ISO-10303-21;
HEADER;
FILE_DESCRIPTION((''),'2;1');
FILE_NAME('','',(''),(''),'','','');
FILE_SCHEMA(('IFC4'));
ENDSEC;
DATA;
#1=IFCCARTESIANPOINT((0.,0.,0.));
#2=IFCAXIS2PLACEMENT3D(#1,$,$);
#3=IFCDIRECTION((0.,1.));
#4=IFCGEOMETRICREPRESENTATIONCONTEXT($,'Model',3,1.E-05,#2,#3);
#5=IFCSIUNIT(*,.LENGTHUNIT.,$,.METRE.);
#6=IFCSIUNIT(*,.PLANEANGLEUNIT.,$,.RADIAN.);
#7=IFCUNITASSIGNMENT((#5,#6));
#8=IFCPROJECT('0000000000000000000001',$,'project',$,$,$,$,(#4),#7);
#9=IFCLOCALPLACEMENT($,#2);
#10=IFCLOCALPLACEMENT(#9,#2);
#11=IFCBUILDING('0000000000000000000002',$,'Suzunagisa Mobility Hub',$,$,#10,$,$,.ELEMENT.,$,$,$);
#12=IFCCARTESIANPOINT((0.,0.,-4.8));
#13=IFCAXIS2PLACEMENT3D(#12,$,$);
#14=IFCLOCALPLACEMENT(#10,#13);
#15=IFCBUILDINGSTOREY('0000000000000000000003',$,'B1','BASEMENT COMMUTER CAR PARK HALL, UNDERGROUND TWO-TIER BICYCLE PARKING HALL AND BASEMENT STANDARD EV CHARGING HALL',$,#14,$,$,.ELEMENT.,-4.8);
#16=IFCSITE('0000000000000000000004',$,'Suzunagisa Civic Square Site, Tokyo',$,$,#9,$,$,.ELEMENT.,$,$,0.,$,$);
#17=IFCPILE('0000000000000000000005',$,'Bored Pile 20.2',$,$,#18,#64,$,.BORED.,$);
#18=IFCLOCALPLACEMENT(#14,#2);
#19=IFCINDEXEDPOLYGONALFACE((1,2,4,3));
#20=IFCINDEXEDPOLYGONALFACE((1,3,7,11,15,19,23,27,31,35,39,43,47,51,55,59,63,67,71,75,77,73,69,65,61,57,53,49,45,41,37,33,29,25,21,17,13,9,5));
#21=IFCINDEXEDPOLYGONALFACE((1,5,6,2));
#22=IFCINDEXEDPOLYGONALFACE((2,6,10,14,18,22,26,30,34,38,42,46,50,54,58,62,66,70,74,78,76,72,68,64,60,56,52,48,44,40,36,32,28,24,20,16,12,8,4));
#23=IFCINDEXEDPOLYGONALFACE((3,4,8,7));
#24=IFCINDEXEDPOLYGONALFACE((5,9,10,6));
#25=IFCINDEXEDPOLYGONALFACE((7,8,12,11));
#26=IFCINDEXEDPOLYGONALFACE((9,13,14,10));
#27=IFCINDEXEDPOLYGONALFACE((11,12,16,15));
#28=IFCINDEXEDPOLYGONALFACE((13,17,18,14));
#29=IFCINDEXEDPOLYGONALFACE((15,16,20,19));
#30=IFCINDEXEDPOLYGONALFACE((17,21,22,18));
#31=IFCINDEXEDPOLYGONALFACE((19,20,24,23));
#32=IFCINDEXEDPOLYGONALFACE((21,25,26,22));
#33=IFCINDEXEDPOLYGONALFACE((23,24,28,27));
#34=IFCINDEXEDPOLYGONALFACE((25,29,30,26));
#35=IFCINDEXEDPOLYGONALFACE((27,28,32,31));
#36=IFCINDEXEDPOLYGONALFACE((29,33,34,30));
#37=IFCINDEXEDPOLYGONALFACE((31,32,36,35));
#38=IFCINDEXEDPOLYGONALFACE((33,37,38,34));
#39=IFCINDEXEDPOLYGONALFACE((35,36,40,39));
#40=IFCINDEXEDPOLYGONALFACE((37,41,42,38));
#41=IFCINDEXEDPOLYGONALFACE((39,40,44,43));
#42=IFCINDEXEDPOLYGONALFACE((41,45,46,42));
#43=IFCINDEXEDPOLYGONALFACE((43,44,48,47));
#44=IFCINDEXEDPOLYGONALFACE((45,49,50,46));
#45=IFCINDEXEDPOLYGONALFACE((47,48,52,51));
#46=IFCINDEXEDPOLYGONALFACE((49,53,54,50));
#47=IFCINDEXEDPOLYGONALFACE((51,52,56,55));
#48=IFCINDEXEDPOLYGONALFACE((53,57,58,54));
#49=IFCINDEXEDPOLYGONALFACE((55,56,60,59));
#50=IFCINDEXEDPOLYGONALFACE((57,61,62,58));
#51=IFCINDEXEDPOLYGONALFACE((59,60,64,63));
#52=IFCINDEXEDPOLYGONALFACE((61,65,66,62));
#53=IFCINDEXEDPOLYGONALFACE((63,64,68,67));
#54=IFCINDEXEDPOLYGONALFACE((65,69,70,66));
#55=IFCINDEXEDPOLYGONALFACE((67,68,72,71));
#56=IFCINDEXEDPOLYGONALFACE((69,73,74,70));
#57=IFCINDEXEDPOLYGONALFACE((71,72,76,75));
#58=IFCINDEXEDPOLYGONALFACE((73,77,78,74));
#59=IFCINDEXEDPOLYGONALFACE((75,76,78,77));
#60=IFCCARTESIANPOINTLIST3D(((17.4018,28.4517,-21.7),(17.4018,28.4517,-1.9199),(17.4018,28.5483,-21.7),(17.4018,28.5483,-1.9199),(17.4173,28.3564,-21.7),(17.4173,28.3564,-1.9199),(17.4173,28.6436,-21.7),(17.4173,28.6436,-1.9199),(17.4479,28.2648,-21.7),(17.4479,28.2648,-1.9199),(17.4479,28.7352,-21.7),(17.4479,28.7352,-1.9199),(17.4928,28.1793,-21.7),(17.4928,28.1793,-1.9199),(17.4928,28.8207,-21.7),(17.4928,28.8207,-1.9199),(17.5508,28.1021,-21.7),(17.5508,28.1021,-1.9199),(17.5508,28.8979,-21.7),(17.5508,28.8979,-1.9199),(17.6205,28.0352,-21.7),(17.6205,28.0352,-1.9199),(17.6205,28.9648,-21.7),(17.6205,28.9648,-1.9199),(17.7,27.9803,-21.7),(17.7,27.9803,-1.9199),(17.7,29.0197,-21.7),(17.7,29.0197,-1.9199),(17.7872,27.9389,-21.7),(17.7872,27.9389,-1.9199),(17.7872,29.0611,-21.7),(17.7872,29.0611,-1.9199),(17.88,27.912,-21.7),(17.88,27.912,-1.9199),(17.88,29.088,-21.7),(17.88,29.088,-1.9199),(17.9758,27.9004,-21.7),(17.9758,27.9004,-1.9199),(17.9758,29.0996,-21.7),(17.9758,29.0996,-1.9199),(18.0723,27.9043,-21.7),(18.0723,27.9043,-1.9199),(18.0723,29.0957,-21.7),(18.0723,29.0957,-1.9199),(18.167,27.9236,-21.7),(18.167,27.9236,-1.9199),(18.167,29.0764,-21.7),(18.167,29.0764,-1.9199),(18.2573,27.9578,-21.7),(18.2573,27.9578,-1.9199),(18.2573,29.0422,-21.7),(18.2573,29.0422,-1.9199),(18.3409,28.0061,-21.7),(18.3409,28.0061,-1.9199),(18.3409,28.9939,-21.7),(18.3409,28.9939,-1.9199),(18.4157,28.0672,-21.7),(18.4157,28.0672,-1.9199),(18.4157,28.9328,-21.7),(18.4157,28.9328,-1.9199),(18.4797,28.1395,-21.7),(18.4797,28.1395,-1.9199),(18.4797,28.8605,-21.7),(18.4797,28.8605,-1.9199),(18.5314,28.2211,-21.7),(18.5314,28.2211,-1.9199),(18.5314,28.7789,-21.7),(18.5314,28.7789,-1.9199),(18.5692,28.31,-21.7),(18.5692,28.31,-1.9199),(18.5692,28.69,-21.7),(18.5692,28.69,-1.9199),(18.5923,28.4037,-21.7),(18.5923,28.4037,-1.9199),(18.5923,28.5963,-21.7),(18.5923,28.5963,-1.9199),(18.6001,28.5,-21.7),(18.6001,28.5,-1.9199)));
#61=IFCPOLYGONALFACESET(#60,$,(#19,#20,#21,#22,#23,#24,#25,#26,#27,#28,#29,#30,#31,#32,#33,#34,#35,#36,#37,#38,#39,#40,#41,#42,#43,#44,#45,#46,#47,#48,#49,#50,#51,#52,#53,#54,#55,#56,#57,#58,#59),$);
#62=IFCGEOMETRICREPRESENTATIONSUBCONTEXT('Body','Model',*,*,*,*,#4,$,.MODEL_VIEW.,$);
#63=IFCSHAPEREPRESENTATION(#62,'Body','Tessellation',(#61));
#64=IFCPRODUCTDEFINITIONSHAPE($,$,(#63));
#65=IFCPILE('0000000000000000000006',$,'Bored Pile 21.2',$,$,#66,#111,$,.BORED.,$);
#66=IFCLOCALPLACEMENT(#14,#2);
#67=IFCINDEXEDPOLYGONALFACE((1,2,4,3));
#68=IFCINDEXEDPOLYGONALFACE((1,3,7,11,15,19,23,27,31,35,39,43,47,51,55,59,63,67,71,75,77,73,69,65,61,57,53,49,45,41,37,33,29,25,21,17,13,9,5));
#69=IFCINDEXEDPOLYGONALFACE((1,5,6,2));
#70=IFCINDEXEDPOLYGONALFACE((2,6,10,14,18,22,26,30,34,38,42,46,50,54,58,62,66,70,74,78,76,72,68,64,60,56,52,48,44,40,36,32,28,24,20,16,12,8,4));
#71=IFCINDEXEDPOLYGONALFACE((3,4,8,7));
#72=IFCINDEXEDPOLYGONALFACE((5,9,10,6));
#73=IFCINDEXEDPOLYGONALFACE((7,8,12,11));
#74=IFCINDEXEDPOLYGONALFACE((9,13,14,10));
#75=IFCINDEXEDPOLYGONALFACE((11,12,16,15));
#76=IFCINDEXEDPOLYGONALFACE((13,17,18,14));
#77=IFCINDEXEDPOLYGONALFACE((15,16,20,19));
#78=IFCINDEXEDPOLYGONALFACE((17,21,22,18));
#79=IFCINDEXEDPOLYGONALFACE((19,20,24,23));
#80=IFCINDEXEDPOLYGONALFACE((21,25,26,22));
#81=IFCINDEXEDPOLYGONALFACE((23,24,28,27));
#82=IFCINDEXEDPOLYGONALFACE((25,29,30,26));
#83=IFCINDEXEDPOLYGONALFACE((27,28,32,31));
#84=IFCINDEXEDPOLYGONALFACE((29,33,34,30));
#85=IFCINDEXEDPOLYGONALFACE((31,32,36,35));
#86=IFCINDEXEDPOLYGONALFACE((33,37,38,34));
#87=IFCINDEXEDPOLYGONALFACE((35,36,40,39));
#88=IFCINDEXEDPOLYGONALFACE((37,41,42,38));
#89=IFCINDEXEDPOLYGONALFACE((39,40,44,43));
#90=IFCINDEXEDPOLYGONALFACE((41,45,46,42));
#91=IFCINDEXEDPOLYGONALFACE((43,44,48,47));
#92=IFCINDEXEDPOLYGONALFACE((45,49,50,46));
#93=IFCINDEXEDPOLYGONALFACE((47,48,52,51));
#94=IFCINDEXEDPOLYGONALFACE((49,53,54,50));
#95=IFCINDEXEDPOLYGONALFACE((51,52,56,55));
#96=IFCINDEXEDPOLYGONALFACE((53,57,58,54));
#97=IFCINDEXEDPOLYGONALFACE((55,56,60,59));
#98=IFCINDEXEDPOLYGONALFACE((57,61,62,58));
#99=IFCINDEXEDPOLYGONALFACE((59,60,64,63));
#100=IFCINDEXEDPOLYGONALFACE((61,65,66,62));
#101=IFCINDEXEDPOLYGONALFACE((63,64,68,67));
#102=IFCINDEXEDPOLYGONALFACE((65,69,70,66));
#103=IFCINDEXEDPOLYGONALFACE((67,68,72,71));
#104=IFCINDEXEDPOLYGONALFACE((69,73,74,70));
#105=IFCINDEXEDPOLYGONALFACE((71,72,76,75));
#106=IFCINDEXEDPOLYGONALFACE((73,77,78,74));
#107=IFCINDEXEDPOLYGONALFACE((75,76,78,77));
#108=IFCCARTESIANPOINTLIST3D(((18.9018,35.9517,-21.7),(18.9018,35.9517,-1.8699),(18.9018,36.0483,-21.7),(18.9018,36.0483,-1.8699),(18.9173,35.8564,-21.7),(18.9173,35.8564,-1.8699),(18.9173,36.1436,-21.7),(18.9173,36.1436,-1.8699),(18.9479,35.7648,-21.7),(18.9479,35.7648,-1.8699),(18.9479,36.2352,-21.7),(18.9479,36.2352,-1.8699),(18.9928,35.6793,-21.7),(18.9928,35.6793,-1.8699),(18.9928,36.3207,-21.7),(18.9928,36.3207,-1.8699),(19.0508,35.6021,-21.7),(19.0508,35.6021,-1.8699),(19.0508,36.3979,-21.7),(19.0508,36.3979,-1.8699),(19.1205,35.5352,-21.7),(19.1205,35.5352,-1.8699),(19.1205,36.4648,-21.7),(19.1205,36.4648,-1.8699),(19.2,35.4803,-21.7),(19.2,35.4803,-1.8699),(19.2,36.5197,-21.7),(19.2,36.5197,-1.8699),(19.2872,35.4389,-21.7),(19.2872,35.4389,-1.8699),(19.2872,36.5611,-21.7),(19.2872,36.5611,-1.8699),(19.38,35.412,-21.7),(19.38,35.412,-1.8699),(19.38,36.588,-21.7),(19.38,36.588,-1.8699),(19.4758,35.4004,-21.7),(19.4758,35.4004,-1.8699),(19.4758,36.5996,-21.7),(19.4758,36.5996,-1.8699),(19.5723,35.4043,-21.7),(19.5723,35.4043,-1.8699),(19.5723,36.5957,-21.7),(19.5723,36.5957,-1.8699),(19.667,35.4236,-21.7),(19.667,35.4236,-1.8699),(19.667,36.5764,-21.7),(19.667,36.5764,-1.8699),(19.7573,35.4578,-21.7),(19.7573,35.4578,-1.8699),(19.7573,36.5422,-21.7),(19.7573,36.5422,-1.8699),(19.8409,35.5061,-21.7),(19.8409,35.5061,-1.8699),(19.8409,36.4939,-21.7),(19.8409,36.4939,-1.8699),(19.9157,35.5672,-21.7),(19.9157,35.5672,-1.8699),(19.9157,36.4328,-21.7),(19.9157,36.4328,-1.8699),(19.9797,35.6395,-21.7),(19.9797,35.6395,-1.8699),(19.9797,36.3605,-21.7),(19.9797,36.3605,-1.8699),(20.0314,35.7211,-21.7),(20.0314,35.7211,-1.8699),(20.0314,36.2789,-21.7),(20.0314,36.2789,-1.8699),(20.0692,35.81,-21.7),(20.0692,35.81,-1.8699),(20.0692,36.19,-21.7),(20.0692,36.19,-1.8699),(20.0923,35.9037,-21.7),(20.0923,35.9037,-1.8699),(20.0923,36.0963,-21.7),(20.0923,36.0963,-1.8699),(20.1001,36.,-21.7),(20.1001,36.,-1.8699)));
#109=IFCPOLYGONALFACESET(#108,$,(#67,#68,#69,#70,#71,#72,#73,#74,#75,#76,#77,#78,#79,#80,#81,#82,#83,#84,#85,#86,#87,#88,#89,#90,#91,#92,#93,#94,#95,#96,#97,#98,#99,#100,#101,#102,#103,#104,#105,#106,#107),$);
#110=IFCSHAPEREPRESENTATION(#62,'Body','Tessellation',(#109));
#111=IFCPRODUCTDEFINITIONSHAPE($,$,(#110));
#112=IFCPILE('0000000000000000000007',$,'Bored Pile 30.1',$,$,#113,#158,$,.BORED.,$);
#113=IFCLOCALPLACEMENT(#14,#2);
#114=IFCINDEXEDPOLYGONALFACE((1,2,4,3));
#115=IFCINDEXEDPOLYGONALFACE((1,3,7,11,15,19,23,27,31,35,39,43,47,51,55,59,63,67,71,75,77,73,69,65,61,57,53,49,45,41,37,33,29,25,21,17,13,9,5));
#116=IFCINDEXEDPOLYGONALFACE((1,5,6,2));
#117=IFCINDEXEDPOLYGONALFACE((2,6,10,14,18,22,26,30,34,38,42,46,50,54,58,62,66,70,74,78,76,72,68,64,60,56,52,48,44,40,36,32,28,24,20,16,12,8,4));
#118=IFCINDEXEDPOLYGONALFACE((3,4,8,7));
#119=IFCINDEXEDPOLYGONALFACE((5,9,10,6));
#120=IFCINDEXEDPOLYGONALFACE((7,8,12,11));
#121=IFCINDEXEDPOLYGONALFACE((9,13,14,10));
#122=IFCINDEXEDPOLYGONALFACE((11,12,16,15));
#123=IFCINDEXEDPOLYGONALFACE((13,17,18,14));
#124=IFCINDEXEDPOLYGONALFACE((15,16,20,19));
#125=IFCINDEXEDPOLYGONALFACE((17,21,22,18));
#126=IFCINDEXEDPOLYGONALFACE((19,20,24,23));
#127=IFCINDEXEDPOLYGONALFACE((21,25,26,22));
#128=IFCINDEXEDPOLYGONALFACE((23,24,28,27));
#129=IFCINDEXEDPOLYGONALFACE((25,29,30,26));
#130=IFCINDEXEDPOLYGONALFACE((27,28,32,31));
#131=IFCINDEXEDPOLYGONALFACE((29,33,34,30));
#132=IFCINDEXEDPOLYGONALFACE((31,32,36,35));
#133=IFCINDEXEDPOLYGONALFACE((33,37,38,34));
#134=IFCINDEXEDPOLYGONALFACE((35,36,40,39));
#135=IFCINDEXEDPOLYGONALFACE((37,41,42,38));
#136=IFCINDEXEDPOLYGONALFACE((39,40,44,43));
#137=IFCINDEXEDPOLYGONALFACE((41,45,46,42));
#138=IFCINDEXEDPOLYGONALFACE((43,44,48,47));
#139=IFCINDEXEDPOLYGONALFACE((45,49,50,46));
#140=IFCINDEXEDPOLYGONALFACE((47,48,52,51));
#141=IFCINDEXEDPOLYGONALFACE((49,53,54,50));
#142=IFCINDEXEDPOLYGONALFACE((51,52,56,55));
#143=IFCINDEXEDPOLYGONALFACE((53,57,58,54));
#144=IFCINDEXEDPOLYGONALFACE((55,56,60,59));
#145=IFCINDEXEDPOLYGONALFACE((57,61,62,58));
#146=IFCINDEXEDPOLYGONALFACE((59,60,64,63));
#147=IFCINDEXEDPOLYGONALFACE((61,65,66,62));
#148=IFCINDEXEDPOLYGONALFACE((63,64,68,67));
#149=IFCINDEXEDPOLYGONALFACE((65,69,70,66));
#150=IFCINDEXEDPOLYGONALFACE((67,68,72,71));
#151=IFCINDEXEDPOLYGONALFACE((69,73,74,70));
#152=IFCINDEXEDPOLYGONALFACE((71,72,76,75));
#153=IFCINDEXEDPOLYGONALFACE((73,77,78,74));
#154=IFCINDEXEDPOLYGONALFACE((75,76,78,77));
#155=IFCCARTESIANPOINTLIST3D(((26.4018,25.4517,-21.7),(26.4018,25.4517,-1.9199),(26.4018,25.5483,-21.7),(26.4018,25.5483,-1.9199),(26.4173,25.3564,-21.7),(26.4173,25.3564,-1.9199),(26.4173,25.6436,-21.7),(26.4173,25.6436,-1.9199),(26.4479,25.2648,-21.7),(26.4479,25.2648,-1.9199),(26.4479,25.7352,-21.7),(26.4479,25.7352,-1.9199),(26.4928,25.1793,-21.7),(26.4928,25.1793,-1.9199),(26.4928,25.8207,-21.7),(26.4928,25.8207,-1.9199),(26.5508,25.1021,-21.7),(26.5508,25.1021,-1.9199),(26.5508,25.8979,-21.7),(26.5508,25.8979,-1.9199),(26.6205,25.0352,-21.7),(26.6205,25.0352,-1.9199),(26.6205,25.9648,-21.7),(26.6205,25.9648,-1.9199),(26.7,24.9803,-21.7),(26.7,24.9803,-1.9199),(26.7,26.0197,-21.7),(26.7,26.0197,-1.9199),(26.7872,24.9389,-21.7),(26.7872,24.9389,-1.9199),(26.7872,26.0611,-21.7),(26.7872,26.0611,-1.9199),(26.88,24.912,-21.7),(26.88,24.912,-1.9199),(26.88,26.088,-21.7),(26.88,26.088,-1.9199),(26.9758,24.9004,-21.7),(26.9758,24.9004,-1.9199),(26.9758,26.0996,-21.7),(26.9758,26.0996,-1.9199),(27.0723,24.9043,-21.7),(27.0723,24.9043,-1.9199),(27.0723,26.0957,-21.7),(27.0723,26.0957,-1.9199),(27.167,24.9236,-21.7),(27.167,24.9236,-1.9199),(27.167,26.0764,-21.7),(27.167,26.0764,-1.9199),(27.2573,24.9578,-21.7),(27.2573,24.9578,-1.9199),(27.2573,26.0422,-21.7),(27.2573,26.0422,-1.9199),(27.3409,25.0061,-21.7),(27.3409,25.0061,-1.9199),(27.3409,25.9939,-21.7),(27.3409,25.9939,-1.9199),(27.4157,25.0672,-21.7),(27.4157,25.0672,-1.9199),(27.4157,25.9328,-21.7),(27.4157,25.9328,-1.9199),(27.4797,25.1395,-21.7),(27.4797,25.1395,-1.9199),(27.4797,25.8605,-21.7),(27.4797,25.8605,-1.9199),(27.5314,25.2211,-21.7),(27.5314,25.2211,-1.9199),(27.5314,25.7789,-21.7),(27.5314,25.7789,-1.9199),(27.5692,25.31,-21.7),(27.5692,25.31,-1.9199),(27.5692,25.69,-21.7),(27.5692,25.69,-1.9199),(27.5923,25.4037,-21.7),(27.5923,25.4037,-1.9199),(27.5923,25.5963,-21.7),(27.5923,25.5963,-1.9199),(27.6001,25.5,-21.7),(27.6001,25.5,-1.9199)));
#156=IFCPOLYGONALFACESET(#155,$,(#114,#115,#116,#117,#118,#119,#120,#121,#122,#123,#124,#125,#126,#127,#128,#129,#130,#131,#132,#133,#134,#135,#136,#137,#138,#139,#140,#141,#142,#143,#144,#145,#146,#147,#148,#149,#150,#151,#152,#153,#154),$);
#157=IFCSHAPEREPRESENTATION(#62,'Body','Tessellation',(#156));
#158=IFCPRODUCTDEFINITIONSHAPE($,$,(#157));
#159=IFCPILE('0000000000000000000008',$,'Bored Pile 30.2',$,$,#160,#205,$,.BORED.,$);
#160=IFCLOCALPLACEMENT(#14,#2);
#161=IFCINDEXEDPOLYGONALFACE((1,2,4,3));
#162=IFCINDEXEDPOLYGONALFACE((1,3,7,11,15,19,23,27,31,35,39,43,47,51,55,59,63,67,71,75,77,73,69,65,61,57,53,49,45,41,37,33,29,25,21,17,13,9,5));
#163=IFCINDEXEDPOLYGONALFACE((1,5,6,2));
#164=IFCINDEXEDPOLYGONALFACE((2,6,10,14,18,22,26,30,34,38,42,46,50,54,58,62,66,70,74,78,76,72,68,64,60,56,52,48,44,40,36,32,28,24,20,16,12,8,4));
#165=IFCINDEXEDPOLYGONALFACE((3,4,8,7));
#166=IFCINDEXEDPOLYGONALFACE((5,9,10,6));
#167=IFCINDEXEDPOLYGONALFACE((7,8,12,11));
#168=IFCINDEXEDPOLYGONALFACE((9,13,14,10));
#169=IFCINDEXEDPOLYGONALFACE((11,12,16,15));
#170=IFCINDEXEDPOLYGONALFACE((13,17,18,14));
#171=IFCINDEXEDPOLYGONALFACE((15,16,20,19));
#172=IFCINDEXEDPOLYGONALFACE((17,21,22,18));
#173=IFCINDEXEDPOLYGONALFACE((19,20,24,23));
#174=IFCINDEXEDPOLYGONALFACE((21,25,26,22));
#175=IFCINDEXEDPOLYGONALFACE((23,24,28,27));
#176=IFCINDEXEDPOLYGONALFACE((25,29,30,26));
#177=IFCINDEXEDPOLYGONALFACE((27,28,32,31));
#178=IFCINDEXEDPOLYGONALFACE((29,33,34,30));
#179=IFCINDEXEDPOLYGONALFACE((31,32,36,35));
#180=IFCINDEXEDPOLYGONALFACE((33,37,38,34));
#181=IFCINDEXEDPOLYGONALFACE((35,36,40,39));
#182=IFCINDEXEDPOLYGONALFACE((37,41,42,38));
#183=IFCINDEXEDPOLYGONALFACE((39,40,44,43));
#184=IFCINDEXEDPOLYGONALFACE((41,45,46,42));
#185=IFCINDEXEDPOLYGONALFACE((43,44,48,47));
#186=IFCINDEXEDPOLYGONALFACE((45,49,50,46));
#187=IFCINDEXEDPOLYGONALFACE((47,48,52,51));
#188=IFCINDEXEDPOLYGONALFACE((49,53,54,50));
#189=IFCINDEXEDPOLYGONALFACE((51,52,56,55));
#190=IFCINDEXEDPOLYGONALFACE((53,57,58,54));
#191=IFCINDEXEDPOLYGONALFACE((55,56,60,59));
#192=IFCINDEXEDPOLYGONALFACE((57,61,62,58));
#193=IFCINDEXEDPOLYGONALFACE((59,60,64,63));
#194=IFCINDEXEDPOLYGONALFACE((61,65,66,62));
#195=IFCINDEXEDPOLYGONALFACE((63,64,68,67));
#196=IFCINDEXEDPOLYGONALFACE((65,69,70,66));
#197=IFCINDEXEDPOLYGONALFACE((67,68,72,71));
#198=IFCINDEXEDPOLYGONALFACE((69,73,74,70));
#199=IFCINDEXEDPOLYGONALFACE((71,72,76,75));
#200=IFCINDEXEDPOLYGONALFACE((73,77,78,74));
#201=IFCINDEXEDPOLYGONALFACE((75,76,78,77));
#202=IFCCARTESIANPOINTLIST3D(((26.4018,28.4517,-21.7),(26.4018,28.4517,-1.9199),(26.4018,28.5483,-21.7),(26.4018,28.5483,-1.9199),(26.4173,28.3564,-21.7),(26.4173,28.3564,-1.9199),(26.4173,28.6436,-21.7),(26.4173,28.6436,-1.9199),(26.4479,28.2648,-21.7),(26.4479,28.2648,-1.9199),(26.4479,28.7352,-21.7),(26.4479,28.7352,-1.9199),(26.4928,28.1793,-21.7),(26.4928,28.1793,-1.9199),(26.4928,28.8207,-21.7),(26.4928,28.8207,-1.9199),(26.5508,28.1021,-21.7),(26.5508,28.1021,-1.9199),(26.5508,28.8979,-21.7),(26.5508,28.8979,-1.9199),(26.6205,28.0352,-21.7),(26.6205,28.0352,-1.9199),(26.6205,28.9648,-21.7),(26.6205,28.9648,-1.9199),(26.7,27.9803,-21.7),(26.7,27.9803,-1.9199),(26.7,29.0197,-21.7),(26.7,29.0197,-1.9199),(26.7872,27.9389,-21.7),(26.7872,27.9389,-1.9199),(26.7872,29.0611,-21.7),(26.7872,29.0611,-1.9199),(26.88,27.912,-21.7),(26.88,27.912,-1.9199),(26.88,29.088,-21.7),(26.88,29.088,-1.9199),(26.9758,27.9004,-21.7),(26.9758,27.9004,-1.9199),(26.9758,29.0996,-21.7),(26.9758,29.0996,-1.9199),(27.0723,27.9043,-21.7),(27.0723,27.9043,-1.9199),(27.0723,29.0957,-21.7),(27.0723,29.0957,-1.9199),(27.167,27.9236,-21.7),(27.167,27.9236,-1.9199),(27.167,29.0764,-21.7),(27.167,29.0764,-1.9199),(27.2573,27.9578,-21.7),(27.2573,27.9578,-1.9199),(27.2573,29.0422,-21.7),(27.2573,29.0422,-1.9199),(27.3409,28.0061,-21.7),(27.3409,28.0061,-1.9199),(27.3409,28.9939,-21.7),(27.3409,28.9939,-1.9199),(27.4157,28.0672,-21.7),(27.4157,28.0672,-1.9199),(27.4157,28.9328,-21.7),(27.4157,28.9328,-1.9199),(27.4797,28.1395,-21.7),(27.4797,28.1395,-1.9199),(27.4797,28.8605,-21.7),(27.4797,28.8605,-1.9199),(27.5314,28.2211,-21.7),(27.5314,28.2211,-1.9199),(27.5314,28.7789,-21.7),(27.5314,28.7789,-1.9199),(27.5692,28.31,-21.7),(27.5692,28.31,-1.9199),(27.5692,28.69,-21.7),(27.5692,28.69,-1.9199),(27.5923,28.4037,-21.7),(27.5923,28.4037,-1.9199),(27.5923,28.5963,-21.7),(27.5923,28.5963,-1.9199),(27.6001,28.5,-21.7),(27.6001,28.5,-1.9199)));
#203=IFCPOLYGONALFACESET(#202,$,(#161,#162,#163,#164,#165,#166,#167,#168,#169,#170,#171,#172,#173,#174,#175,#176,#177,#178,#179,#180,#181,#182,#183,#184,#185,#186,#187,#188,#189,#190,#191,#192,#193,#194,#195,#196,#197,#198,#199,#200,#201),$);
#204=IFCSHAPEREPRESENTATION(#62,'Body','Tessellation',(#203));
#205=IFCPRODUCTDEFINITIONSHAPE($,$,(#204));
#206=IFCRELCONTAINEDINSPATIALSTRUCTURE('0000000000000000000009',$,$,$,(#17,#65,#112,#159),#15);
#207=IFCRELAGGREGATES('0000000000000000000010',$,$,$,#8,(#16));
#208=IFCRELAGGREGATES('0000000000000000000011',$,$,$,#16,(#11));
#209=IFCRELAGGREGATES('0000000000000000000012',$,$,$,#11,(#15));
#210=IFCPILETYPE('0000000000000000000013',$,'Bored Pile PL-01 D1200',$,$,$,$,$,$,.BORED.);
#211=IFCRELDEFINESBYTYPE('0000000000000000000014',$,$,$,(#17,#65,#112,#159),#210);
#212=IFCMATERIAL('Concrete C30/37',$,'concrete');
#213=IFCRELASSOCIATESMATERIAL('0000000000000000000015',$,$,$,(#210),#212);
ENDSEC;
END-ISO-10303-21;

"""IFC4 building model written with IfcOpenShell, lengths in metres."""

from ifc_helpers import new_model, si_unit, direction, frame, origin, origin_2d, place, context, subcontext, project, spatial, circle, extrude, material, material_profile, profile_set, type_object, element, save


model = new_model("IFC4")

# Units and contexts
model_context = context("Model", 3, precision=1e-05, world=origin(), true_north=direction((0.0, 1.0)))
body_context = subcontext(model_context, "Body", "Model", "MODEL_VIEW")
ifc_project = project(units=[si_unit("LENGTHUNIT", "METRE"), si_unit("PLANEANGLEUNIT", "RADIAN")], contexts=[model_context])

# Site, building, storey
site_placement = place(None, origin())
site = spatial("IfcSite", under=ifc_project, at=site_placement, Name="Suzunagisa Civic Square Site, Tokyo", CompositionType="ELEMENT", RefElevation=0.0)
building_placement = place(site_placement, origin())
building = spatial("IfcBuilding", under=site, at=building_placement, Name="Suzunagisa Mobility Hub", CompositionType="ELEMENT")
storey_placement = place(building_placement, frame((0.0, 0.0, -4.8)))
storey = spatial("IfcBuildingStorey", under=building, at=storey_placement, Name="B1", Description="BASEMENT COMMUTER CAR PARK HALL, UNDERGROUND TWO-TIER BICYCLE PARKING HALL AND BASEMENT STANDARD EV CHARGING HALL", CompositionType="ELEMENT", Elevation=-4.8)

# Piles
ifc_material_1 = material(Name="Concrete C30/37", Category="concrete")
ifc_material_profile_1 = material_profile(ifc_material_1, circle(Radius=0.6001, at=origin_2d()), Name="BORED PILE D1200")
ifc_profile_set_1 = profile_set([ifc_material_profile_1], Name="Concrete C30/37")
pile_type = type_object("IfcPileType", Name="Bored Pile PL-01 D1200", PredefinedType="BORED", material=ifc_profile_set_1)
pile_1_placement = place(storey_placement, frame((18.0, 28.5, -1.9199), z_axis=(0.0, 0.0, -1.0), x_axis=(1.0, 0.0, 0.0)))
element("IfcPile", 1, at=pile_1_placement, inside=storey, type_object=pile_type, Name="Bored Pile 20.2", PredefinedType="BORED", context=body_context, shape_type="SweptSolid", body=[
    extrude(circle(Radius=0.6001, at=origin_2d()), origin(), (0.0, 0.0, 1.0), 19.78),
])
pile_2_placement = place(storey_placement, frame((19.5, 36.0, -1.8699), z_axis=(0.0, 0.0, -1.0), x_axis=(1.0, 0.0, 0.0)))
element("IfcPile", 2, at=pile_2_placement, inside=storey, type_object=pile_type, Name="Bored Pile 21.2", PredefinedType="BORED", context=body_context, shape_type="SweptSolid", body=[
    extrude(circle(Radius=0.6001, at=origin_2d()), origin(), (0.0, 0.0, 1.0), 19.8301),
])
for number, where, z_axis, x_axis, name in (
    (3, (27.0, 25.5, -1.9199), (0.0, 0.0, -1.0), (1.0, 0.0, 0.0), "Bored Pile 30.1"),
    (4, (27.0, 28.5, -1.9199), (0.0, 0.0, -1.0), (1.0, 0.0, 0.0), "Bored Pile 30.2"),
):
    element("IfcPile", number, at=place(storey_placement, frame(where, z_axis=z_axis, x_axis=x_axis)), inside=storey, type_object=pile_type, Name=name, PredefinedType="BORED", context=body_context, shape_type="SweptSolid", body=[
        extrude(circle(Radius=0.6001, at=origin_2d()), origin(), (0.0, 0.0, 1.0), 19.78),
    ])

save(model, "model.ifc")
